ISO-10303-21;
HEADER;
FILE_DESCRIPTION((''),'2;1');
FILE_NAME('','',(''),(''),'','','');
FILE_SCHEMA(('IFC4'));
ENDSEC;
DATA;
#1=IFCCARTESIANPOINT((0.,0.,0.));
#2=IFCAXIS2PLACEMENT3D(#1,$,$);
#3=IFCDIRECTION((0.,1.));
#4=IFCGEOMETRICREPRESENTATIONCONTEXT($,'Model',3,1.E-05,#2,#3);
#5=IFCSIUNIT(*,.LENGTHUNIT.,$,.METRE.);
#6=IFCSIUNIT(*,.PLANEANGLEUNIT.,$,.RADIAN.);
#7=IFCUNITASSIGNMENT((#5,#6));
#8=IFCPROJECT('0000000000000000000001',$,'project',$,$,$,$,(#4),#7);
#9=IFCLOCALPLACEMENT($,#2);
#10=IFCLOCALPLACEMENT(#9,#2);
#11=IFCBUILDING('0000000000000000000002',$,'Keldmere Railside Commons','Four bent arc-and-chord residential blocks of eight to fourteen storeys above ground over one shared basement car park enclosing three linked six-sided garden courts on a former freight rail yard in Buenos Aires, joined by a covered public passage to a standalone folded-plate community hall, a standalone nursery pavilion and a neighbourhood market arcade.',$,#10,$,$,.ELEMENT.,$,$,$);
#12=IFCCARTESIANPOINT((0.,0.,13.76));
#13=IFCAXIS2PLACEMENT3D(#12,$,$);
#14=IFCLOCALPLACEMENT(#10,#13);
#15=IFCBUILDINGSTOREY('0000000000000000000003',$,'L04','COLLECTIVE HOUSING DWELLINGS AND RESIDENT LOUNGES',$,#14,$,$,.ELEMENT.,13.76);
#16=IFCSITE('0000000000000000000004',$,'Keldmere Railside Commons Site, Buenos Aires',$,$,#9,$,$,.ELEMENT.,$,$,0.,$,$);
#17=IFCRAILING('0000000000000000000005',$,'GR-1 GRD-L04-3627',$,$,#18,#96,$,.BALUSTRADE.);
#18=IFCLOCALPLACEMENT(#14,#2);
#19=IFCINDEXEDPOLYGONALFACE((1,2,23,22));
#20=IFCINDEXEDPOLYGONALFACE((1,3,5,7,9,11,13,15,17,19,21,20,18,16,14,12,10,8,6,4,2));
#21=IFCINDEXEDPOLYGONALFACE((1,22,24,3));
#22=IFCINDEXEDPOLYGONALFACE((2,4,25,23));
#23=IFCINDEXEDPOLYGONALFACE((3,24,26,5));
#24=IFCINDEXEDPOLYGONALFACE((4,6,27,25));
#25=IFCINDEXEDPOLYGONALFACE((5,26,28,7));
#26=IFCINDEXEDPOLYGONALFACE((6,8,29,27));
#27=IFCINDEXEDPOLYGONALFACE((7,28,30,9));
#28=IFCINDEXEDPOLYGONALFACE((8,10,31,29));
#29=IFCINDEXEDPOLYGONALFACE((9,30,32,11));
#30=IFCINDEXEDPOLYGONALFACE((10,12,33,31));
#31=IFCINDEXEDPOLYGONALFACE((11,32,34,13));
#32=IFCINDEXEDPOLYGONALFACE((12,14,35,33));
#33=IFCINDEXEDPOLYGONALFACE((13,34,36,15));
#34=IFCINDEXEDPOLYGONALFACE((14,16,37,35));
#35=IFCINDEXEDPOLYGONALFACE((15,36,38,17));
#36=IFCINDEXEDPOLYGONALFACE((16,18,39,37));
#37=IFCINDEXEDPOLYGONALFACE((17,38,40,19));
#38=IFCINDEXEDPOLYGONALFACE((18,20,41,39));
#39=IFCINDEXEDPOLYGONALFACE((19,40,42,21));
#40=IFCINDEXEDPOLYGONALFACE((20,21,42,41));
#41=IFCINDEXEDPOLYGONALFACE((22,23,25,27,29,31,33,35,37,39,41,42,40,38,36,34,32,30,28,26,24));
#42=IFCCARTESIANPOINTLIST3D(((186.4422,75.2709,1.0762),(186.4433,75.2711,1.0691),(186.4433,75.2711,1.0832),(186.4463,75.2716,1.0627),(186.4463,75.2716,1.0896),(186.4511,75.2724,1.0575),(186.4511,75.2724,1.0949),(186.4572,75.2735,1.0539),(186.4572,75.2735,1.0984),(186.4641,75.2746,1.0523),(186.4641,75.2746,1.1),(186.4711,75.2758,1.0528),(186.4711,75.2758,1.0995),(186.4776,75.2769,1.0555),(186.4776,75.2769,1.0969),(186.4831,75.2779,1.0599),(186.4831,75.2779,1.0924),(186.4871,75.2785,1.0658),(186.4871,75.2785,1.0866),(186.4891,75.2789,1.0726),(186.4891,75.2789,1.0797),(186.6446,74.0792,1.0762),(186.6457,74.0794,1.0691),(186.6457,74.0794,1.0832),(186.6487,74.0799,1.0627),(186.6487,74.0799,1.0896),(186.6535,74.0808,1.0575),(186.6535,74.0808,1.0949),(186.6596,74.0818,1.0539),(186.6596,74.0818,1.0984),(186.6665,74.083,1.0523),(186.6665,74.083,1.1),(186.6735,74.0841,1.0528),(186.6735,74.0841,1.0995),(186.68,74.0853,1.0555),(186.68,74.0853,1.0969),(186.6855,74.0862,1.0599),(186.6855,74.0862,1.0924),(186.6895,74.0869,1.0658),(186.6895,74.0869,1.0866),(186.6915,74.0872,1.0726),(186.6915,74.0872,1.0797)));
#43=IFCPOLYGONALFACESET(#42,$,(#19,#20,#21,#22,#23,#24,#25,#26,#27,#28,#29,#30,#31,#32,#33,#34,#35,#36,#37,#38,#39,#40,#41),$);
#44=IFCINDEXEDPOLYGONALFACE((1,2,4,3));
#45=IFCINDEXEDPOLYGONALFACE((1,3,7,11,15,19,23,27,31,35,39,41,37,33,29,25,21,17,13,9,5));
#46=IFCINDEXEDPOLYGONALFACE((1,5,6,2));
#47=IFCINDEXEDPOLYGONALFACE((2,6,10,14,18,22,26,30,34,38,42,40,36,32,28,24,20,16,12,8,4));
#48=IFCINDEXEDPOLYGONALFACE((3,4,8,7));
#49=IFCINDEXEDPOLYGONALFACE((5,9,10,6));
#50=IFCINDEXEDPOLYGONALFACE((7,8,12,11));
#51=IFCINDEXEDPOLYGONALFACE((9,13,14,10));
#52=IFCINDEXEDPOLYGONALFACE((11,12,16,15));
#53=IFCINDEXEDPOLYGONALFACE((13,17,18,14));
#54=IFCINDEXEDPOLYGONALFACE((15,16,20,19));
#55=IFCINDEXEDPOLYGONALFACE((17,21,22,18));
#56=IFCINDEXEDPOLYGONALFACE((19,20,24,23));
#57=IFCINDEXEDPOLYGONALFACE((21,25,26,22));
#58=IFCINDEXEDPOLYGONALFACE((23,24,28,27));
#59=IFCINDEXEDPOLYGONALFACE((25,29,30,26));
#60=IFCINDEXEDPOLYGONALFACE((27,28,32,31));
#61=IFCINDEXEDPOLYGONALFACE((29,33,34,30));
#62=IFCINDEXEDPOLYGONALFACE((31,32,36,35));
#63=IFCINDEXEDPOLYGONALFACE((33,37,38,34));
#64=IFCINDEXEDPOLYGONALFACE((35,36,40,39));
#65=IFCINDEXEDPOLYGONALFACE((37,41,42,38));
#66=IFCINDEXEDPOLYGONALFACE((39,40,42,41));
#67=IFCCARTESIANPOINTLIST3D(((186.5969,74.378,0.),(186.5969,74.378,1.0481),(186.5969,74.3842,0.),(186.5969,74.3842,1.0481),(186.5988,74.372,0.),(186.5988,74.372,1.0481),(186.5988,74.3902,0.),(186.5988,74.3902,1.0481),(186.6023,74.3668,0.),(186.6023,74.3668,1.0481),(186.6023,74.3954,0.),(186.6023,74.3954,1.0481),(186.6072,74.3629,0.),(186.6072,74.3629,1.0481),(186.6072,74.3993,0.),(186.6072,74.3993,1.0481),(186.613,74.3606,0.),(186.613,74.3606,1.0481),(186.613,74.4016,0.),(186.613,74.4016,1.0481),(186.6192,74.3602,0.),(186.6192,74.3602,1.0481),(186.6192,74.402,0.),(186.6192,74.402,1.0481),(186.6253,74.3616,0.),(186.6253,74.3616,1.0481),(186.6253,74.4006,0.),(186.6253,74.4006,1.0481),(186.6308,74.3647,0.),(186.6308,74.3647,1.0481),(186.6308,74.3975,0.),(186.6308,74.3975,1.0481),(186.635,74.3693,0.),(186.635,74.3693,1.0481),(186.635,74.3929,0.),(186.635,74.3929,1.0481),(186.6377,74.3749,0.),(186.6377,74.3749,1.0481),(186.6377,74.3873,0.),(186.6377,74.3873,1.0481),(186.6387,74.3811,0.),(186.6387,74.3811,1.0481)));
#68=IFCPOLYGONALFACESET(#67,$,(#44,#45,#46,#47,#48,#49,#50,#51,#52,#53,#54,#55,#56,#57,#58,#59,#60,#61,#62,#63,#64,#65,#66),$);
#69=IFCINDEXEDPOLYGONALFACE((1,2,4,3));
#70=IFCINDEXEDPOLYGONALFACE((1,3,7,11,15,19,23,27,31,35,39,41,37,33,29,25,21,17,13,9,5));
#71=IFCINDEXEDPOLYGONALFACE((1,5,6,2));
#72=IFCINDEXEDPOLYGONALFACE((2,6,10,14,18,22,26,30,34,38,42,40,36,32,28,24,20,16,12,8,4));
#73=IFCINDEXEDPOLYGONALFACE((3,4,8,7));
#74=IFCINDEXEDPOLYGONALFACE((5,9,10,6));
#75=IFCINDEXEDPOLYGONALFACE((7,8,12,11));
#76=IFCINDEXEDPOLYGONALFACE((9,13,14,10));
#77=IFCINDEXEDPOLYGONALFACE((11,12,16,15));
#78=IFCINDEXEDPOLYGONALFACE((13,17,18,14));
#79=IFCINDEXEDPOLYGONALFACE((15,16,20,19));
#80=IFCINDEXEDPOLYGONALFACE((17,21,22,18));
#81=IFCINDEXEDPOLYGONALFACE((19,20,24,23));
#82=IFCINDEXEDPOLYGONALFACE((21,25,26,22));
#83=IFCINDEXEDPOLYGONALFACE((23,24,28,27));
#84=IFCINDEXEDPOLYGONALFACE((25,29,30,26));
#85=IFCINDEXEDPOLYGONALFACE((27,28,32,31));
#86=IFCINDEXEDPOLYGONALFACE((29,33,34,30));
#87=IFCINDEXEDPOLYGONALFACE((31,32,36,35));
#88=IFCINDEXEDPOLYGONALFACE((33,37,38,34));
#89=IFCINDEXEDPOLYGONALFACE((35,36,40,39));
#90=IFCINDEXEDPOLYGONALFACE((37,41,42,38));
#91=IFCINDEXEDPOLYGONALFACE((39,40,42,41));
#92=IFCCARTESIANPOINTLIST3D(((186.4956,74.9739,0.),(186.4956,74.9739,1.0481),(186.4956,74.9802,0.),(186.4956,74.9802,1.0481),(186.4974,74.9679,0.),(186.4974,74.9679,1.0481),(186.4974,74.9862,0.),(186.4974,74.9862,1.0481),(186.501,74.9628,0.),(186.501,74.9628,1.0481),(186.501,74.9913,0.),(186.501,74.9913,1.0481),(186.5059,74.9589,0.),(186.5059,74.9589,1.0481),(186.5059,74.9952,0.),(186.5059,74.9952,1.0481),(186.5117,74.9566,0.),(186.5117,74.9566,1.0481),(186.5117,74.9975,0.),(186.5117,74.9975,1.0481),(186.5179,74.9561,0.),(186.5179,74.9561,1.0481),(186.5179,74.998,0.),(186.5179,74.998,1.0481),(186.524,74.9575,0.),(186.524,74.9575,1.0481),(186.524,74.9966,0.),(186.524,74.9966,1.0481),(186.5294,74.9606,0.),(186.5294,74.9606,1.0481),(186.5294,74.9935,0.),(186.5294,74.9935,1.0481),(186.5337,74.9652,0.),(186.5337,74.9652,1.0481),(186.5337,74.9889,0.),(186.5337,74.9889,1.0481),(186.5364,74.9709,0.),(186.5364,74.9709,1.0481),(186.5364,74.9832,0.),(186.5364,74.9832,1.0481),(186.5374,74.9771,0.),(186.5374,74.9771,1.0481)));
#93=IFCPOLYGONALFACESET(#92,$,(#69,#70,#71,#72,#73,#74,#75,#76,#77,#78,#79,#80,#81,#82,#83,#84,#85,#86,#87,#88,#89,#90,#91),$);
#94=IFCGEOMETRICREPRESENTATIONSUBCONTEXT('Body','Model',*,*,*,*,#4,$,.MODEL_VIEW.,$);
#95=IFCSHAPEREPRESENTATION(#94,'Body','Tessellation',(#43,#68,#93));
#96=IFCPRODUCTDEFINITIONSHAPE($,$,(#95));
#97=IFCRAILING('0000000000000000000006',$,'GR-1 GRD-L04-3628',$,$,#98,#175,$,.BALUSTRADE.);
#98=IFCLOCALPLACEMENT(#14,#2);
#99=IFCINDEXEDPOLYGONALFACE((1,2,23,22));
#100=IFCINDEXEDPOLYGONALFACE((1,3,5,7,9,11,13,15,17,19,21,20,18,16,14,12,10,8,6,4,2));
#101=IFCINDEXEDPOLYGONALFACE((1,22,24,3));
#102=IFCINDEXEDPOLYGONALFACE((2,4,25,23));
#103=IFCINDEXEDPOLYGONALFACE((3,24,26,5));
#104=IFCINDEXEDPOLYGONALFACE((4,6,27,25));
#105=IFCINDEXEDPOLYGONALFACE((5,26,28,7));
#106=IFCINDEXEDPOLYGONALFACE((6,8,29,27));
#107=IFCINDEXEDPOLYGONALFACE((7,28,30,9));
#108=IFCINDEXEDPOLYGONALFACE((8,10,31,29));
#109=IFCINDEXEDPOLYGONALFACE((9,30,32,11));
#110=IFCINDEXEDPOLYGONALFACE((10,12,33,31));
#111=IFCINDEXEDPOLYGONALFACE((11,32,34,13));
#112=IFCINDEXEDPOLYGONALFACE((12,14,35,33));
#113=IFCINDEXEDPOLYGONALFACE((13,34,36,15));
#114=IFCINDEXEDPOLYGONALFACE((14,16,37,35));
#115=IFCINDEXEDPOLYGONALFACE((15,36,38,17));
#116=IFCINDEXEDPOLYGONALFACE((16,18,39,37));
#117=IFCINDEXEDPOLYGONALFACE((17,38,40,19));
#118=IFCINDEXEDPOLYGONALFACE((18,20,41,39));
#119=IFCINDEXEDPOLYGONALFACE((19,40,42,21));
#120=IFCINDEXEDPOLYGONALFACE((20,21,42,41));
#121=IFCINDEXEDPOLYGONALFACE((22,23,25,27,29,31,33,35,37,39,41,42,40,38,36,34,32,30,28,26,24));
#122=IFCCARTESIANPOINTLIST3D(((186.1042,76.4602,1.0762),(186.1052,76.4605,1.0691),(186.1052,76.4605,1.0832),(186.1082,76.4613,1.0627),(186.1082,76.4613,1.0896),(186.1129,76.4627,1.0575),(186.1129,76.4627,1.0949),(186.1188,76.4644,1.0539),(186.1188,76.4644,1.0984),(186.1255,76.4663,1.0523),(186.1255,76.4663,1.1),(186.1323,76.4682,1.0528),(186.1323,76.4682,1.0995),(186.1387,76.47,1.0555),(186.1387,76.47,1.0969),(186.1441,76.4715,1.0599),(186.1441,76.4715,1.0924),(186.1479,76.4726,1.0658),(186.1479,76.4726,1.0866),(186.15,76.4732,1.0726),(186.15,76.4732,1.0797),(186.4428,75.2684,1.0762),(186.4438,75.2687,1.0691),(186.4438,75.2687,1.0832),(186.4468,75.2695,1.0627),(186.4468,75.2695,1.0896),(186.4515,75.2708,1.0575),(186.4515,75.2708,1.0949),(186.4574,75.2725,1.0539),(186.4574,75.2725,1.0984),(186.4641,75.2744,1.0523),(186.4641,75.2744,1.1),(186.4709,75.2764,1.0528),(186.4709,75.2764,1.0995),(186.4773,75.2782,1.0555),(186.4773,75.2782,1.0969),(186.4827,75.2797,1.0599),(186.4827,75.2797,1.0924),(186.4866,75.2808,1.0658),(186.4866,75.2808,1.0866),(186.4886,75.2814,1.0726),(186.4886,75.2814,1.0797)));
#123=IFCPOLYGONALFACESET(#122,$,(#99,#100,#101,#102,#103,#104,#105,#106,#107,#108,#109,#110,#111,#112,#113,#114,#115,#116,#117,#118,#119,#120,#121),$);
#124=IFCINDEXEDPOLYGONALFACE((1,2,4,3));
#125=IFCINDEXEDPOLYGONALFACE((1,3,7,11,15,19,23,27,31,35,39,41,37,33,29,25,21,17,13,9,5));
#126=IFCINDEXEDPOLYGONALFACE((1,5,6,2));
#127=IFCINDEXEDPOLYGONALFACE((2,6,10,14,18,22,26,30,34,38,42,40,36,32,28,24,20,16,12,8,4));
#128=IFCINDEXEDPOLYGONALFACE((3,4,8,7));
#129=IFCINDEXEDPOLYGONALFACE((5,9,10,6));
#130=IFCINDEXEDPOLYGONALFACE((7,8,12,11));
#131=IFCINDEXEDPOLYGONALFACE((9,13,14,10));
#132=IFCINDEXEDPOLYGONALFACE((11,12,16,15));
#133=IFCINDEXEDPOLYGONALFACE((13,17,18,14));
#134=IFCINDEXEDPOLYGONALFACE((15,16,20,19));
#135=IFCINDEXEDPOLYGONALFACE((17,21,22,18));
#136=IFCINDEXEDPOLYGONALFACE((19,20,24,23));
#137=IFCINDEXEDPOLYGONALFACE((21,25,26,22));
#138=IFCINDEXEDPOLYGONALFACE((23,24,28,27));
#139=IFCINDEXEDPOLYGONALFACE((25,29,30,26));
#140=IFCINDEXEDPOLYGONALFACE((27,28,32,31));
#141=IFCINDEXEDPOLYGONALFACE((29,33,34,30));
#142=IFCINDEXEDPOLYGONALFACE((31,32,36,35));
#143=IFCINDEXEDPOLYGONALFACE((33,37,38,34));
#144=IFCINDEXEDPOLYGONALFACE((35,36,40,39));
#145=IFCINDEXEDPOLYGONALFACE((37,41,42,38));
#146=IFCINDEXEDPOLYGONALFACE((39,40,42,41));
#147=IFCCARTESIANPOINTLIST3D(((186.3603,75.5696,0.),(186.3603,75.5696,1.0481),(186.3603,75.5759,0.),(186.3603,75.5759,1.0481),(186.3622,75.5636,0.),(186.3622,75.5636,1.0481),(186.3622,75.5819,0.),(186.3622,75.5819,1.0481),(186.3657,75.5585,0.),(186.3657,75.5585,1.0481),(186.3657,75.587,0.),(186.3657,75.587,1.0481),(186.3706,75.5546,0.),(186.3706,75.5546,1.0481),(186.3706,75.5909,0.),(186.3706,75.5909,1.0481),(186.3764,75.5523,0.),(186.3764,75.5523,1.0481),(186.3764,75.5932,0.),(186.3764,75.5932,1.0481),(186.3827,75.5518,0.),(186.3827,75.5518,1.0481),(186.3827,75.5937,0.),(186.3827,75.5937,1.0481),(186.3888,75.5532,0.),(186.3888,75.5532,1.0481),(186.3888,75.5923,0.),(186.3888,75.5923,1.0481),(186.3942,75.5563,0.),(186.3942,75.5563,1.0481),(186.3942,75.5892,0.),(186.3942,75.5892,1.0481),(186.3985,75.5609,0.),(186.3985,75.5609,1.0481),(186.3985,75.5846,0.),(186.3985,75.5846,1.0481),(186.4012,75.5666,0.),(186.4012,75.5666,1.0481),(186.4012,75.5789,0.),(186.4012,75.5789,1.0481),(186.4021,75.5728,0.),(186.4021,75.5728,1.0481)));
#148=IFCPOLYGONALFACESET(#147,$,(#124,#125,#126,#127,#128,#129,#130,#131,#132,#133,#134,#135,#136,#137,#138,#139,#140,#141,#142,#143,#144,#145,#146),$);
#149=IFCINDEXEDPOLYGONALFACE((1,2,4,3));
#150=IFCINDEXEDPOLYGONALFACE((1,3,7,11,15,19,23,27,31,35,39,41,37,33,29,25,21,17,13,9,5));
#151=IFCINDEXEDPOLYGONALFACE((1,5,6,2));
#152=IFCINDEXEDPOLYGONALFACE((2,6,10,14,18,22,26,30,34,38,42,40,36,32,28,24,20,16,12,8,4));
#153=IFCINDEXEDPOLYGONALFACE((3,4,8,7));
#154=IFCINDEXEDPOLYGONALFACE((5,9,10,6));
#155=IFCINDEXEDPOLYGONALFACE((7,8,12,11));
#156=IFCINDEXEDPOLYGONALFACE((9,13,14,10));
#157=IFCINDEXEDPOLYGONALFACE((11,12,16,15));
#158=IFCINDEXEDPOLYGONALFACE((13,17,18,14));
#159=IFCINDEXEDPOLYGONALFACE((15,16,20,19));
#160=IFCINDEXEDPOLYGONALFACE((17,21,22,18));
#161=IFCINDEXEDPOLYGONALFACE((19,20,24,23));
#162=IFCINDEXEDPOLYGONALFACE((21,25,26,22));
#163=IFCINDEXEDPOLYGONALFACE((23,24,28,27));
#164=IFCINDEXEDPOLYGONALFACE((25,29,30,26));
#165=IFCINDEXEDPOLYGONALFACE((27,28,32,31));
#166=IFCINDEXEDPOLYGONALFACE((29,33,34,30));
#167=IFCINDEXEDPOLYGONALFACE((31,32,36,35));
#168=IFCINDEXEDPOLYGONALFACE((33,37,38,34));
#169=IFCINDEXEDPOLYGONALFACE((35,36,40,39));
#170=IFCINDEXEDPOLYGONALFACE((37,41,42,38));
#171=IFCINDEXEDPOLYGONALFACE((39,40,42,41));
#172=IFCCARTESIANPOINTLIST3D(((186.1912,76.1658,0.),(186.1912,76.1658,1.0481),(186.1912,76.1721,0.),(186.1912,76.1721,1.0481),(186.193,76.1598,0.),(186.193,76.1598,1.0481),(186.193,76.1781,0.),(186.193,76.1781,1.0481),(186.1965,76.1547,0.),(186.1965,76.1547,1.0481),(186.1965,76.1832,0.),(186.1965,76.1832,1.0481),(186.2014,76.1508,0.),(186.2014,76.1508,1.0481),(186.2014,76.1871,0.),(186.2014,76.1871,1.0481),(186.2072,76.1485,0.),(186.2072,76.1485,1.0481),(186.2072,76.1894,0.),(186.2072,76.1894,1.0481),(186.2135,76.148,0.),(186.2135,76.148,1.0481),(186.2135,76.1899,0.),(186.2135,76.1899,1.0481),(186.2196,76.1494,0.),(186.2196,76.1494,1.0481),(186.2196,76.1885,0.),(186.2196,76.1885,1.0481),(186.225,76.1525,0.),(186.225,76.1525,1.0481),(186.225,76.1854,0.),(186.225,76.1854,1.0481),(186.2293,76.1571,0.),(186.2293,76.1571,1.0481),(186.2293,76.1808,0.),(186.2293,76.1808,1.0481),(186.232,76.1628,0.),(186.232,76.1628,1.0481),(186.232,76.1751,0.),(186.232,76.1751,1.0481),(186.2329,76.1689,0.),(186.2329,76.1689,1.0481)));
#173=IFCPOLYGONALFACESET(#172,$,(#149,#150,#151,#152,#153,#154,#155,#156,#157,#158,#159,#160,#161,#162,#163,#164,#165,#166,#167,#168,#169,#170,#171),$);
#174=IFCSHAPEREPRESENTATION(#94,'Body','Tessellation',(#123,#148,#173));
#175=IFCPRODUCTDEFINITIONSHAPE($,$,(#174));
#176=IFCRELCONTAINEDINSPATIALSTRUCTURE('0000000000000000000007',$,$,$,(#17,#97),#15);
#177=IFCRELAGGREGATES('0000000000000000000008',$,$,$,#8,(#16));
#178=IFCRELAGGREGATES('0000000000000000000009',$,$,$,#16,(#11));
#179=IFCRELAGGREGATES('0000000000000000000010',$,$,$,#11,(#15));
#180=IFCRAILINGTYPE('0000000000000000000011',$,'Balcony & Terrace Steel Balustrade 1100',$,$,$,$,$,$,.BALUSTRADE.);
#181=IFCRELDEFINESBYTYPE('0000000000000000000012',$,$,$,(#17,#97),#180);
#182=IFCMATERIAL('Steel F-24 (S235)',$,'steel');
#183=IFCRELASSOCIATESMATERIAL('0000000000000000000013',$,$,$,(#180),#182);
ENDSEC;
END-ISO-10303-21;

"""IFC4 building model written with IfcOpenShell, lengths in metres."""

from ifc_helpers import new_model, si_unit, direction, frame, origin, origin_2d, place, context, subcontext, project, spatial, circle, extrude, material, type_object, element, save


model = new_model("IFC4")

# Units and contexts
model_context = context("Model", 3, precision=1e-05, world=origin(), true_north=direction((0.0, 1.0)))
body_context = subcontext(model_context, "Body", "Model", "MODEL_VIEW")
ifc_project = project(units=[si_unit("LENGTHUNIT", "METRE"), si_unit("PLANEANGLEUNIT", "RADIAN")], contexts=[model_context])

# Site, building, storey
site_placement = place(None, origin())
site = spatial("IfcSite", under=ifc_project, at=site_placement, Name="Keldmere Railside Commons Site, Buenos Aires", CompositionType="ELEMENT", RefElevation=0.0)
building_placement = place(site_placement, origin())
building = spatial("IfcBuilding", under=site, at=building_placement, Name="Keldmere Railside Commons", Description="Four bent arc-and-chord residential blocks of eight to fourteen storeys above ground over one shared basement car park enclosing three linked six-sided garden courts on a former freight rail yard in Buenos Aires, joined by a covered public passage to a standalone folded-plate community hall, a standalone nursery pavilion and a neighbourhood market arcade.", CompositionType="ELEMENT")
storey_placement = place(building_placement, frame((0.0, 0.0, 13.76)))
storey = spatial("IfcBuildingStorey", under=building, at=storey_placement, Name="L04", Description="COLLECTIVE HOUSING DWELLINGS AND RESIDENT LOUNGES", CompositionType="ELEMENT", Elevation=13.76)

# Shared definitions
ifc_material_1 = material(Name="Steel F-24 (S235)", Category="steel")

# Railings
railing_type_1 = type_object("IfcRailingType", Name="Balcony & Terrace Steel Balustrade 1100", PredefinedType="BALUSTRADE", material=ifc_material_1)
railing_1_placement = place(storey_placement, frame((186.6682, 74.0833, 0.0)))
element("IfcRailing", 1, at=railing_1_placement, inside=storey, type_object=railing_type_1, Name="GR-1 GRD-L04-3627", PredefinedType="BALUSTRADE", context=body_context, shape_type="SweptSolid", body=[
    extrude(circle(Radius=0.0239, at=origin_2d()), frame((0.0, 0.0, 1.0762), z_axis=(-0.167444, 0.985882, 0.0), x_axis=(-0.985882, -0.167444, 0.0)), (0.0, 0.0, 1.0), 1.2087),
    extrude(circle(Radius=0.021, at=origin_2d()), frame((-0.0505, 0.2979, 0.0)), (0.0, 0.0, 1.0), 1.0481),
    extrude(circle(Radius=0.021, at=origin_2d()), frame((-0.1519, 0.8938, 0.0)), (0.0, 0.0, 1.0), 1.0481),
])
railing_2_placement = place(storey_placement, frame((186.4658, 75.2749, 0.0)))
element("IfcRailing", 2, at=railing_2_placement, inside=storey, type_object=railing_type_1, Name="GR-1 GRD-L04-3628", PredefinedType="BALUSTRADE", context=body_context, shape_type="SweptSolid", body=[
    extrude(circle(Radius=0.0239, at=origin_2d()), frame((0.0, 0.0, 1.0762), z_axis=(-0.27329, 0.961932, 0.0), x_axis=(-0.961932, -0.27329, 0.0)), (0.0, 0.0, 1.0), 1.239),
    extrude(circle(Radius=0.021, at=origin_2d()), frame((-0.0847, 0.2979, 0.0)), (0.0, 0.0, 1.0), 1.0481),
    extrude(circle(Radius=0.021, at=origin_2d()), frame((-0.2539, 0.894, 0.0)), (0.0, 0.0, 1.0), 1.0481),
])

save(model, "model.ifc")
